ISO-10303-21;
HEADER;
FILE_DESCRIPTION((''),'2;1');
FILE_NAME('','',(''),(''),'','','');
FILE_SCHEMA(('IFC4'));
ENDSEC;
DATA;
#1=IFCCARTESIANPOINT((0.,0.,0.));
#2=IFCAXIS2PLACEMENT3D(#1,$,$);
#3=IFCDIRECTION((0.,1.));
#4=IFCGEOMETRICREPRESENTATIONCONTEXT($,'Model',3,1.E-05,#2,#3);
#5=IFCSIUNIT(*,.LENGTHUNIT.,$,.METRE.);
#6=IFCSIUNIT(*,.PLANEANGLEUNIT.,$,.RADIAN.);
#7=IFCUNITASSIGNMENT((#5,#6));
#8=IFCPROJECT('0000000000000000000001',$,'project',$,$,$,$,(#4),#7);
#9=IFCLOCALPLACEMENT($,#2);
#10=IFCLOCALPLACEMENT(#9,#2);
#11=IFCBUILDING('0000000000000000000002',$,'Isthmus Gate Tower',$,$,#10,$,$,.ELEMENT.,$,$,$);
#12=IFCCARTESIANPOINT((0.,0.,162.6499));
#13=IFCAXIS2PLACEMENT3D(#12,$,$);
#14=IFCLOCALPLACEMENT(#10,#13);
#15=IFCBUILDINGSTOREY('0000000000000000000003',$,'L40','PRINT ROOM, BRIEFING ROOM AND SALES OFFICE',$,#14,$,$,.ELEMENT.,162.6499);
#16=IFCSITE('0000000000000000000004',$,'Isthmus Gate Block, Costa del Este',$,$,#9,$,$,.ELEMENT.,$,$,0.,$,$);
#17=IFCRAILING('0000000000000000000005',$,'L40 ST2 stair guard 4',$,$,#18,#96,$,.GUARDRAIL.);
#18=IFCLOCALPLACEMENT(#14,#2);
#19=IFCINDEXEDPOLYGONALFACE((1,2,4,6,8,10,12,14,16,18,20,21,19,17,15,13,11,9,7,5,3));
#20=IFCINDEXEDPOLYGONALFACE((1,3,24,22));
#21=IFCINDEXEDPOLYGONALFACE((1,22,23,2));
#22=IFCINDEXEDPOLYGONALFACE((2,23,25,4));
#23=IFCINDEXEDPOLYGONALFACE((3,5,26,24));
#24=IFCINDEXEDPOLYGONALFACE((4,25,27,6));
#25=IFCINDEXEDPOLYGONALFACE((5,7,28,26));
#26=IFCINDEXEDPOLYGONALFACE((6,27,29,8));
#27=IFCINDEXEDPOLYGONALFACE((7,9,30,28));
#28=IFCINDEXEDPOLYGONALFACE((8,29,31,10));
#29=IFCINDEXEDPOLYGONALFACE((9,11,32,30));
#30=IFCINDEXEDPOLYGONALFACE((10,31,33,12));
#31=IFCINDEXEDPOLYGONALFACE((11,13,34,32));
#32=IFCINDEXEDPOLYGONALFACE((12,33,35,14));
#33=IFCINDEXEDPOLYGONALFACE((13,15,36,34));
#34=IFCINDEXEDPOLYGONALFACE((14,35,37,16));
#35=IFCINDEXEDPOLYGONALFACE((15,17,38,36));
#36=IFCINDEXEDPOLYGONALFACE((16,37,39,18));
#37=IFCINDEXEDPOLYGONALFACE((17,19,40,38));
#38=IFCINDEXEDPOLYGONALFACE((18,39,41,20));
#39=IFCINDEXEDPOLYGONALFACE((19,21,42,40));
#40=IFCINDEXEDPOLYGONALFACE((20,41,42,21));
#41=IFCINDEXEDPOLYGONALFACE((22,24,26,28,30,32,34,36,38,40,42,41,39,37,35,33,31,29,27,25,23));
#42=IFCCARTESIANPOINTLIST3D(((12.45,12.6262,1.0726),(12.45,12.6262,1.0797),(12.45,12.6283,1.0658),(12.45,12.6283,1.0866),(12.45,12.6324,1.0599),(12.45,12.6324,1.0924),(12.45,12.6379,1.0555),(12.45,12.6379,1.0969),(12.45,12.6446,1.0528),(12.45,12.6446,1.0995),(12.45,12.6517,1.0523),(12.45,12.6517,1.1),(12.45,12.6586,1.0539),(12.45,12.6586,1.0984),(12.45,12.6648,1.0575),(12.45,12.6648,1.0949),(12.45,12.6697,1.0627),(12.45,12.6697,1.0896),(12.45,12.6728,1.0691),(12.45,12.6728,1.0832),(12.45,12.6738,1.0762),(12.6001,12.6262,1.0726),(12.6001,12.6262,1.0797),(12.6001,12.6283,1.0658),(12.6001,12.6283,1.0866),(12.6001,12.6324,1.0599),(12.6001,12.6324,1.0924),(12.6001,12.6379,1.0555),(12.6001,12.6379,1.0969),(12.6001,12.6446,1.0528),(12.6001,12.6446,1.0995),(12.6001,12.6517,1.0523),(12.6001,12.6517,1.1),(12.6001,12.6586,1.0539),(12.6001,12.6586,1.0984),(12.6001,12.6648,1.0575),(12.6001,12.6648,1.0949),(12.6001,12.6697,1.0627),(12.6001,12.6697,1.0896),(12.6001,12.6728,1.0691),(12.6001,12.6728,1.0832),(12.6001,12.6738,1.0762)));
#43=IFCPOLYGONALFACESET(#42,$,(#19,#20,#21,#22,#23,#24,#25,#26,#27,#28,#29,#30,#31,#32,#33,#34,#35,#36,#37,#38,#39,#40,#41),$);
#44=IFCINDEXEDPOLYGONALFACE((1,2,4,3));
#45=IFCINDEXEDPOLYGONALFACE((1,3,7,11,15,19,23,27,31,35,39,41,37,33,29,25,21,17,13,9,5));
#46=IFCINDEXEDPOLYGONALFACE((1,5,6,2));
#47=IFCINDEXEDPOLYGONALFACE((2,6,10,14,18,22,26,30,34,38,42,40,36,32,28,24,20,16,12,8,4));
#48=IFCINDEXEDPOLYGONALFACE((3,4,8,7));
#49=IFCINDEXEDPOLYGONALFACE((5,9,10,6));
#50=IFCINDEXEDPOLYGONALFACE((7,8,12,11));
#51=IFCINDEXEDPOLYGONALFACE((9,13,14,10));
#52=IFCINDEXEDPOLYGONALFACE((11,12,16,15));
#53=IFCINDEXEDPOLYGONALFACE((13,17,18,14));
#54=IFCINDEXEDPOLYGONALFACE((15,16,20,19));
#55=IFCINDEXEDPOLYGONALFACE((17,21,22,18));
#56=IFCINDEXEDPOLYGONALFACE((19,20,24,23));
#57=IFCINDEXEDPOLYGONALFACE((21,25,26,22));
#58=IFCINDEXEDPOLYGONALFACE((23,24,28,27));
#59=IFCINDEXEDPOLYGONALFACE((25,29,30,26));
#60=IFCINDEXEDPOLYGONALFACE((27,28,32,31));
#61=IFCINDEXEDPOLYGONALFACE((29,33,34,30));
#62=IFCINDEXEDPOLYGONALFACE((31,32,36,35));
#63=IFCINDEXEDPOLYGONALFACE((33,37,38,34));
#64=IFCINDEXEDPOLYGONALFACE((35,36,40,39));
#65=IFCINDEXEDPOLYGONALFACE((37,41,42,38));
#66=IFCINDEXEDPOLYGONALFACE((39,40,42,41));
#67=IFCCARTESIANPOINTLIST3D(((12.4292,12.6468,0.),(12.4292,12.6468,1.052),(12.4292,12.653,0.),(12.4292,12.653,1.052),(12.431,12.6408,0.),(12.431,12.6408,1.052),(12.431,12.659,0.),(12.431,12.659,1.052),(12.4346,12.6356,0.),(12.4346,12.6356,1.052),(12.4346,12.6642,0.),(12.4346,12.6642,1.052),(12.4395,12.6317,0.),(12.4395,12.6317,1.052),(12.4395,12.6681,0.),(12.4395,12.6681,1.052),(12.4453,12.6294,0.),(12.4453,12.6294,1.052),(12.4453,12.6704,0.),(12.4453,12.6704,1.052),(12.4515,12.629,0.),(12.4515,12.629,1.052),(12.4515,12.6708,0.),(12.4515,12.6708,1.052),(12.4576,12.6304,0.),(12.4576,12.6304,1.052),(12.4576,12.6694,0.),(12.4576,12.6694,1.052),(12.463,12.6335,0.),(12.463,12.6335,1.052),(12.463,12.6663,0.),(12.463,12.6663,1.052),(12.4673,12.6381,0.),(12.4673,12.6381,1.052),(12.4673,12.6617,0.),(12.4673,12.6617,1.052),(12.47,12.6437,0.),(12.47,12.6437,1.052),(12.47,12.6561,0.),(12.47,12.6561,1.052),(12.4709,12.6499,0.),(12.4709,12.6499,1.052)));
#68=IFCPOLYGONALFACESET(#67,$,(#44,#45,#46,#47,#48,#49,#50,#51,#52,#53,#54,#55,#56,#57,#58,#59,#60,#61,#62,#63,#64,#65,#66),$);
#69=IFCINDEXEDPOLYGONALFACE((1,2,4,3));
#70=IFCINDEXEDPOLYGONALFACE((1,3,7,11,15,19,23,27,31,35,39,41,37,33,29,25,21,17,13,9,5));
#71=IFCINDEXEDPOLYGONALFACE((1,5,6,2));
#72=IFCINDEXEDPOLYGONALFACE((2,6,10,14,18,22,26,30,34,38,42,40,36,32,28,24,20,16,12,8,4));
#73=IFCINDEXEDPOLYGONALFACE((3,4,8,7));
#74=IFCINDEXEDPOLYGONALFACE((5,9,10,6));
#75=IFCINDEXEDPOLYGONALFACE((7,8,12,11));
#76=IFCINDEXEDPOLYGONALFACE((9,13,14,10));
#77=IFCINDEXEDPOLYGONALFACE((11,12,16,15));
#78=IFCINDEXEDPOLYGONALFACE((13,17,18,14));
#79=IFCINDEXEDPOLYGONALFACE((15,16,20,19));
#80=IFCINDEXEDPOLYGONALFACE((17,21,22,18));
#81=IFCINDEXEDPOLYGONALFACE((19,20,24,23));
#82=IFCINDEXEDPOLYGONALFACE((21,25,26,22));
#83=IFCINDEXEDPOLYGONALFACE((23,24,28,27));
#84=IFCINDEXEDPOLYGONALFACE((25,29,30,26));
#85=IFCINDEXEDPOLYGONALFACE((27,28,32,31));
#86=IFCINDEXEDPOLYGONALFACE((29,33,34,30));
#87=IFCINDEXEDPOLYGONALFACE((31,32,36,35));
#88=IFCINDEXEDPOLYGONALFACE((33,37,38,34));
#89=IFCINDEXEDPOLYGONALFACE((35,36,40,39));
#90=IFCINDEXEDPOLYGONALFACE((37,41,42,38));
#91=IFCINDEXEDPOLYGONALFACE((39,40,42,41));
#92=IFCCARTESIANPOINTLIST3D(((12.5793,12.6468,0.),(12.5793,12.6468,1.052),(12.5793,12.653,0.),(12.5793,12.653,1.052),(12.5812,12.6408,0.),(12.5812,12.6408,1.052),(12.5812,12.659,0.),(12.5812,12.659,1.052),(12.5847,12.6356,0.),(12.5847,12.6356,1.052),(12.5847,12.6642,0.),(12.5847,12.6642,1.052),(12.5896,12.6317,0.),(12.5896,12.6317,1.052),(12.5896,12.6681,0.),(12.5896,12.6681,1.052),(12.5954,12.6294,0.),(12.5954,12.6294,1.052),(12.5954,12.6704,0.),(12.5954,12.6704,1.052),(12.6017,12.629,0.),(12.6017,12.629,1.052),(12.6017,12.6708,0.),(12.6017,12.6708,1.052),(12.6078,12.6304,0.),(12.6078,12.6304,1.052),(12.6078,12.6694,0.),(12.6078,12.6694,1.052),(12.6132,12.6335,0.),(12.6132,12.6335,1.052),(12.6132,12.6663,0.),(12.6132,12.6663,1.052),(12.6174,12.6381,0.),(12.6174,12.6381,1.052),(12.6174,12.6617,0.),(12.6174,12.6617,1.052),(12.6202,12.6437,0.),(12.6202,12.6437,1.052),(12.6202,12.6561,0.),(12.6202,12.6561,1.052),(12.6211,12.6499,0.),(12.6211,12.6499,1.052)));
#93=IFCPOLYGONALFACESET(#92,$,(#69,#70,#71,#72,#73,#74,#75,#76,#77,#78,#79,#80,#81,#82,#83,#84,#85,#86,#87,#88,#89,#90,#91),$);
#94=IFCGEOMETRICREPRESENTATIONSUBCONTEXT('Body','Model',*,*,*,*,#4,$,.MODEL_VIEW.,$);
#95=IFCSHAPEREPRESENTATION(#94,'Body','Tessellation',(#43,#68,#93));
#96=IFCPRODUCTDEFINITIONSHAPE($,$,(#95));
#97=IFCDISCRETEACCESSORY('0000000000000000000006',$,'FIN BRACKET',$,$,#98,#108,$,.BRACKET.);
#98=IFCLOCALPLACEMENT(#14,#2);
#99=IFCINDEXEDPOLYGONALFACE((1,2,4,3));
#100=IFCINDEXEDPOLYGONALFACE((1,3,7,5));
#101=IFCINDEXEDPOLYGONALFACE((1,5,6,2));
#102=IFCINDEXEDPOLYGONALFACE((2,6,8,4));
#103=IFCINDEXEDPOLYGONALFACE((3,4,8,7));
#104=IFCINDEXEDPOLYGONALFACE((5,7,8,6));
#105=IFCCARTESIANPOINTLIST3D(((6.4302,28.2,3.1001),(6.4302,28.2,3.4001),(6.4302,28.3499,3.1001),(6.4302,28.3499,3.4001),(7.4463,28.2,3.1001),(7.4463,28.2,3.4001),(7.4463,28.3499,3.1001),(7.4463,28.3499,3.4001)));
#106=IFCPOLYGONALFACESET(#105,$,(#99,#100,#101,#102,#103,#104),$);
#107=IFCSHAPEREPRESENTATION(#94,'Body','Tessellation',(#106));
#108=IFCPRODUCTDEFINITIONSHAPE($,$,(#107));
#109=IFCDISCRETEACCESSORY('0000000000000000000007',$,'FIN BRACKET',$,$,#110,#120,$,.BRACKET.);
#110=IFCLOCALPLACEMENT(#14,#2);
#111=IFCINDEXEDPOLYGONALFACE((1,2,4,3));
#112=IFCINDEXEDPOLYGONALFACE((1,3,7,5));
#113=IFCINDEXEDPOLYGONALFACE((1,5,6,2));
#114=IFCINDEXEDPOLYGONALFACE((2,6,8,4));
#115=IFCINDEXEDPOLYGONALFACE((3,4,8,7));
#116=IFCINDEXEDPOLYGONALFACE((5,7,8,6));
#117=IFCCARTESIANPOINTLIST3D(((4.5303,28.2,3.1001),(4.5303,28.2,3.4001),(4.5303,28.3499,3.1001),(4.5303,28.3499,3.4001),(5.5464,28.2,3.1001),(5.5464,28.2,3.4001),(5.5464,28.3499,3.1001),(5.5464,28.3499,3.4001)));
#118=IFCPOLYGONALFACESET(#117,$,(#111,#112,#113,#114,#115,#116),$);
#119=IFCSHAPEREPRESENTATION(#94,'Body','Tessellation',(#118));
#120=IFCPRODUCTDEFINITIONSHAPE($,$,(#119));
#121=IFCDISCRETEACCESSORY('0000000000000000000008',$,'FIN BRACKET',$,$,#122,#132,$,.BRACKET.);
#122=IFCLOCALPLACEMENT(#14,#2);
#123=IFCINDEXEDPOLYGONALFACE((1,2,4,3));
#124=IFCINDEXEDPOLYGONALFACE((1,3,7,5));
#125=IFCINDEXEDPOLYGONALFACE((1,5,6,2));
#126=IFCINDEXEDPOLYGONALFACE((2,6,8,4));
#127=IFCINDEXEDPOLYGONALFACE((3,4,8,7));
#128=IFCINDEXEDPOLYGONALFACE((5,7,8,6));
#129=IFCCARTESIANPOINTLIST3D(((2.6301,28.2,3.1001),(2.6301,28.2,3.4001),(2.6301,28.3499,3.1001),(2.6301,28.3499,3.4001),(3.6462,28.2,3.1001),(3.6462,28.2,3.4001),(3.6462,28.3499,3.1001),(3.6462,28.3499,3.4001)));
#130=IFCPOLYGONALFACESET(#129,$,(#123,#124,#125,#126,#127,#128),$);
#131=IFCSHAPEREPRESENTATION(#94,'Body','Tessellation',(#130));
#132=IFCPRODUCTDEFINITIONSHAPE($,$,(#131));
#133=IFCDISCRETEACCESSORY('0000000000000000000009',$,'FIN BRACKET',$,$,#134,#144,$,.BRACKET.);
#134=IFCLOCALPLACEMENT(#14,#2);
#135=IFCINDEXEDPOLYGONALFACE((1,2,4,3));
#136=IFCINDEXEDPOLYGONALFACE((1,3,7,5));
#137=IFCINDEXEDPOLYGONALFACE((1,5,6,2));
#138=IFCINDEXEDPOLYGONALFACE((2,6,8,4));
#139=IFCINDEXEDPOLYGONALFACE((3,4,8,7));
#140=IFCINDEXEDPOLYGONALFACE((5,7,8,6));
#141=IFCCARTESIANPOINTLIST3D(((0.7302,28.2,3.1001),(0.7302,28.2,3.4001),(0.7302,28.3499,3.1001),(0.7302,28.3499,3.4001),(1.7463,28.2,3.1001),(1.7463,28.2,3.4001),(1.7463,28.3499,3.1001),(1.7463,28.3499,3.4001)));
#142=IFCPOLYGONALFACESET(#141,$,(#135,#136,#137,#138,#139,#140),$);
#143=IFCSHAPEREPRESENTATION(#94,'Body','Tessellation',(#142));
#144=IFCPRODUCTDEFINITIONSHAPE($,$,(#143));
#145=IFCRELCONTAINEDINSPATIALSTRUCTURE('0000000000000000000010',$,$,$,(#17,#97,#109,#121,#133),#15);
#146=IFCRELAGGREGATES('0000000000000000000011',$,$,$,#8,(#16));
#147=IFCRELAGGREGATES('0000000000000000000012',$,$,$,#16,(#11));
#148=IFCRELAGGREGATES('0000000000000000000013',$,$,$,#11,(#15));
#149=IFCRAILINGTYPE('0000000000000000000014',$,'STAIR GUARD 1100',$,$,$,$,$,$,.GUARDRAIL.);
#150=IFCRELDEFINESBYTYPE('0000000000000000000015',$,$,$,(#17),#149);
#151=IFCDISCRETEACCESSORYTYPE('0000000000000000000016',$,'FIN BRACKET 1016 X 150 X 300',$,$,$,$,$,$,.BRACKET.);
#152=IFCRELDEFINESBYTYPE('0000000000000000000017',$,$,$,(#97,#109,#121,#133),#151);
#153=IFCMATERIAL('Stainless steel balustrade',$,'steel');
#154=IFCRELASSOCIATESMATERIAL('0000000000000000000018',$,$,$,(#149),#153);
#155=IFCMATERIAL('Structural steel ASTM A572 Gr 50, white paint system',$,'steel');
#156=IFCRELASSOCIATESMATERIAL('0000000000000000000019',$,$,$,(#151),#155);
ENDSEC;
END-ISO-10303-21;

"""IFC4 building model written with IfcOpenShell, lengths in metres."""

from ifc_helpers import new_model, si_unit, direction, frame, origin, origin_2d, place, context, subcontext, project, spatial, rectangle, circle, extrude, material, type_object, element, save


model = new_model("IFC4")

# Units and contexts
model_context = context("Model", 3, precision=1e-05, world=origin(), true_north=direction((0.0, 1.0)))
body_context = subcontext(model_context, "Body", "Model", "MODEL_VIEW")
ifc_project = project(units=[si_unit("LENGTHUNIT", "METRE"), si_unit("PLANEANGLEUNIT", "RADIAN")], contexts=[model_context])

# Site, building, storey
site_placement = place(None, origin())
site = spatial("IfcSite", under=ifc_project, at=site_placement, Name="Isthmus Gate Block, Costa del Este", CompositionType="ELEMENT", RefElevation=0.0)
building_placement = place(site_placement, origin())
building = spatial("IfcBuilding", under=site, at=building_placement, Name="Isthmus Gate Tower", CompositionType="ELEMENT")
storey_placement = place(building_placement, frame((0.0, 0.0, 162.6499)))
storey = spatial("IfcBuildingStorey", under=building, at=storey_placement, Name="L40", Description="PRINT ROOM, BRIEFING ROOM AND SALES OFFICE", CompositionType="ELEMENT", Elevation=162.6499)

# Railing
ifc_material_1 = material(Name="Stainless steel balustrade", Category="steel")
railing_type = type_object("IfcRailingType", Name="STAIR GUARD 1100", PredefinedType="GUARDRAIL", material=ifc_material_1)
railing_placement = place(storey_placement, frame((12.45, 12.6499, 0.0)))
element("IfcRailing", 1, at=railing_placement, inside=storey, type_object=railing_type, Name="L40 ST2 stair guard 4", PredefinedType="GUARDRAIL", context=body_context, shape_type="SweptSolid", body=[
    extrude(circle(Radius=0.0239, at=origin_2d()), frame((0.0, 0.0, 1.0762), z_axis=(1.0, 0.0, 0.0), x_axis=(0.0, 1.0, 0.0)), (0.0, 0.0, 1.0), 0.1501),
    extrude(circle(Radius=0.021, at=origin_2d()), origin(), (0.0, 0.0, 1.0), 1.052),
    extrude(circle(Radius=0.021, at=origin_2d()), frame((0.1501, 0.0, 0.0)), (0.0, 0.0, 1.0), 1.052),
])

# Discrete accessories
ifc_material_2 = material(Name="Structural steel ASTM A572 Gr 50, white paint system", Category="steel")
discrete_accessory_type = type_object("IfcDiscreteAccessoryType", Name="FIN BRACKET 1016 X 150 X 300", PredefinedType="BRACKET", material=ifc_material_2)
for number, where, z_axis, x_axis, name in (
    (2, (6.9382, 28.2749, 3.1001), (0.0, 0.0, 1.0), (0.0, 1.0, 0.0), "FIN BRACKET"),
    (3, (5.0383, 28.2749, 3.1001), (0.0, 0.0, 1.0), (0.0, 1.0, 0.0), "FIN BRACKET"),
    (4, (3.1382, 28.2749, 3.1001), (0.0, 0.0, 1.0), (0.0, 1.0, 0.0), "FIN BRACKET"),
    (5, (1.2383, 28.2749, 3.1001), (0.0, 0.0, 1.0), (0.0, 1.0, 0.0), "FIN BRACKET"),
):
    element("IfcDiscreteAccessory", number, at=place(storey_placement, frame(where, z_axis=z_axis, x_axis=x_axis)), inside=storey, type_object=discrete_accessory_type, Name=name, PredefinedType="BRACKET", context=body_context, shape_type="SweptSolid", body=[
        extrude(rectangle(XDim=0.1499, YDim=1.0161, at=origin_2d()), origin(), (0.0, 0.0, 1.0), 0.3),
    ])

save(model, "model.ifc")
